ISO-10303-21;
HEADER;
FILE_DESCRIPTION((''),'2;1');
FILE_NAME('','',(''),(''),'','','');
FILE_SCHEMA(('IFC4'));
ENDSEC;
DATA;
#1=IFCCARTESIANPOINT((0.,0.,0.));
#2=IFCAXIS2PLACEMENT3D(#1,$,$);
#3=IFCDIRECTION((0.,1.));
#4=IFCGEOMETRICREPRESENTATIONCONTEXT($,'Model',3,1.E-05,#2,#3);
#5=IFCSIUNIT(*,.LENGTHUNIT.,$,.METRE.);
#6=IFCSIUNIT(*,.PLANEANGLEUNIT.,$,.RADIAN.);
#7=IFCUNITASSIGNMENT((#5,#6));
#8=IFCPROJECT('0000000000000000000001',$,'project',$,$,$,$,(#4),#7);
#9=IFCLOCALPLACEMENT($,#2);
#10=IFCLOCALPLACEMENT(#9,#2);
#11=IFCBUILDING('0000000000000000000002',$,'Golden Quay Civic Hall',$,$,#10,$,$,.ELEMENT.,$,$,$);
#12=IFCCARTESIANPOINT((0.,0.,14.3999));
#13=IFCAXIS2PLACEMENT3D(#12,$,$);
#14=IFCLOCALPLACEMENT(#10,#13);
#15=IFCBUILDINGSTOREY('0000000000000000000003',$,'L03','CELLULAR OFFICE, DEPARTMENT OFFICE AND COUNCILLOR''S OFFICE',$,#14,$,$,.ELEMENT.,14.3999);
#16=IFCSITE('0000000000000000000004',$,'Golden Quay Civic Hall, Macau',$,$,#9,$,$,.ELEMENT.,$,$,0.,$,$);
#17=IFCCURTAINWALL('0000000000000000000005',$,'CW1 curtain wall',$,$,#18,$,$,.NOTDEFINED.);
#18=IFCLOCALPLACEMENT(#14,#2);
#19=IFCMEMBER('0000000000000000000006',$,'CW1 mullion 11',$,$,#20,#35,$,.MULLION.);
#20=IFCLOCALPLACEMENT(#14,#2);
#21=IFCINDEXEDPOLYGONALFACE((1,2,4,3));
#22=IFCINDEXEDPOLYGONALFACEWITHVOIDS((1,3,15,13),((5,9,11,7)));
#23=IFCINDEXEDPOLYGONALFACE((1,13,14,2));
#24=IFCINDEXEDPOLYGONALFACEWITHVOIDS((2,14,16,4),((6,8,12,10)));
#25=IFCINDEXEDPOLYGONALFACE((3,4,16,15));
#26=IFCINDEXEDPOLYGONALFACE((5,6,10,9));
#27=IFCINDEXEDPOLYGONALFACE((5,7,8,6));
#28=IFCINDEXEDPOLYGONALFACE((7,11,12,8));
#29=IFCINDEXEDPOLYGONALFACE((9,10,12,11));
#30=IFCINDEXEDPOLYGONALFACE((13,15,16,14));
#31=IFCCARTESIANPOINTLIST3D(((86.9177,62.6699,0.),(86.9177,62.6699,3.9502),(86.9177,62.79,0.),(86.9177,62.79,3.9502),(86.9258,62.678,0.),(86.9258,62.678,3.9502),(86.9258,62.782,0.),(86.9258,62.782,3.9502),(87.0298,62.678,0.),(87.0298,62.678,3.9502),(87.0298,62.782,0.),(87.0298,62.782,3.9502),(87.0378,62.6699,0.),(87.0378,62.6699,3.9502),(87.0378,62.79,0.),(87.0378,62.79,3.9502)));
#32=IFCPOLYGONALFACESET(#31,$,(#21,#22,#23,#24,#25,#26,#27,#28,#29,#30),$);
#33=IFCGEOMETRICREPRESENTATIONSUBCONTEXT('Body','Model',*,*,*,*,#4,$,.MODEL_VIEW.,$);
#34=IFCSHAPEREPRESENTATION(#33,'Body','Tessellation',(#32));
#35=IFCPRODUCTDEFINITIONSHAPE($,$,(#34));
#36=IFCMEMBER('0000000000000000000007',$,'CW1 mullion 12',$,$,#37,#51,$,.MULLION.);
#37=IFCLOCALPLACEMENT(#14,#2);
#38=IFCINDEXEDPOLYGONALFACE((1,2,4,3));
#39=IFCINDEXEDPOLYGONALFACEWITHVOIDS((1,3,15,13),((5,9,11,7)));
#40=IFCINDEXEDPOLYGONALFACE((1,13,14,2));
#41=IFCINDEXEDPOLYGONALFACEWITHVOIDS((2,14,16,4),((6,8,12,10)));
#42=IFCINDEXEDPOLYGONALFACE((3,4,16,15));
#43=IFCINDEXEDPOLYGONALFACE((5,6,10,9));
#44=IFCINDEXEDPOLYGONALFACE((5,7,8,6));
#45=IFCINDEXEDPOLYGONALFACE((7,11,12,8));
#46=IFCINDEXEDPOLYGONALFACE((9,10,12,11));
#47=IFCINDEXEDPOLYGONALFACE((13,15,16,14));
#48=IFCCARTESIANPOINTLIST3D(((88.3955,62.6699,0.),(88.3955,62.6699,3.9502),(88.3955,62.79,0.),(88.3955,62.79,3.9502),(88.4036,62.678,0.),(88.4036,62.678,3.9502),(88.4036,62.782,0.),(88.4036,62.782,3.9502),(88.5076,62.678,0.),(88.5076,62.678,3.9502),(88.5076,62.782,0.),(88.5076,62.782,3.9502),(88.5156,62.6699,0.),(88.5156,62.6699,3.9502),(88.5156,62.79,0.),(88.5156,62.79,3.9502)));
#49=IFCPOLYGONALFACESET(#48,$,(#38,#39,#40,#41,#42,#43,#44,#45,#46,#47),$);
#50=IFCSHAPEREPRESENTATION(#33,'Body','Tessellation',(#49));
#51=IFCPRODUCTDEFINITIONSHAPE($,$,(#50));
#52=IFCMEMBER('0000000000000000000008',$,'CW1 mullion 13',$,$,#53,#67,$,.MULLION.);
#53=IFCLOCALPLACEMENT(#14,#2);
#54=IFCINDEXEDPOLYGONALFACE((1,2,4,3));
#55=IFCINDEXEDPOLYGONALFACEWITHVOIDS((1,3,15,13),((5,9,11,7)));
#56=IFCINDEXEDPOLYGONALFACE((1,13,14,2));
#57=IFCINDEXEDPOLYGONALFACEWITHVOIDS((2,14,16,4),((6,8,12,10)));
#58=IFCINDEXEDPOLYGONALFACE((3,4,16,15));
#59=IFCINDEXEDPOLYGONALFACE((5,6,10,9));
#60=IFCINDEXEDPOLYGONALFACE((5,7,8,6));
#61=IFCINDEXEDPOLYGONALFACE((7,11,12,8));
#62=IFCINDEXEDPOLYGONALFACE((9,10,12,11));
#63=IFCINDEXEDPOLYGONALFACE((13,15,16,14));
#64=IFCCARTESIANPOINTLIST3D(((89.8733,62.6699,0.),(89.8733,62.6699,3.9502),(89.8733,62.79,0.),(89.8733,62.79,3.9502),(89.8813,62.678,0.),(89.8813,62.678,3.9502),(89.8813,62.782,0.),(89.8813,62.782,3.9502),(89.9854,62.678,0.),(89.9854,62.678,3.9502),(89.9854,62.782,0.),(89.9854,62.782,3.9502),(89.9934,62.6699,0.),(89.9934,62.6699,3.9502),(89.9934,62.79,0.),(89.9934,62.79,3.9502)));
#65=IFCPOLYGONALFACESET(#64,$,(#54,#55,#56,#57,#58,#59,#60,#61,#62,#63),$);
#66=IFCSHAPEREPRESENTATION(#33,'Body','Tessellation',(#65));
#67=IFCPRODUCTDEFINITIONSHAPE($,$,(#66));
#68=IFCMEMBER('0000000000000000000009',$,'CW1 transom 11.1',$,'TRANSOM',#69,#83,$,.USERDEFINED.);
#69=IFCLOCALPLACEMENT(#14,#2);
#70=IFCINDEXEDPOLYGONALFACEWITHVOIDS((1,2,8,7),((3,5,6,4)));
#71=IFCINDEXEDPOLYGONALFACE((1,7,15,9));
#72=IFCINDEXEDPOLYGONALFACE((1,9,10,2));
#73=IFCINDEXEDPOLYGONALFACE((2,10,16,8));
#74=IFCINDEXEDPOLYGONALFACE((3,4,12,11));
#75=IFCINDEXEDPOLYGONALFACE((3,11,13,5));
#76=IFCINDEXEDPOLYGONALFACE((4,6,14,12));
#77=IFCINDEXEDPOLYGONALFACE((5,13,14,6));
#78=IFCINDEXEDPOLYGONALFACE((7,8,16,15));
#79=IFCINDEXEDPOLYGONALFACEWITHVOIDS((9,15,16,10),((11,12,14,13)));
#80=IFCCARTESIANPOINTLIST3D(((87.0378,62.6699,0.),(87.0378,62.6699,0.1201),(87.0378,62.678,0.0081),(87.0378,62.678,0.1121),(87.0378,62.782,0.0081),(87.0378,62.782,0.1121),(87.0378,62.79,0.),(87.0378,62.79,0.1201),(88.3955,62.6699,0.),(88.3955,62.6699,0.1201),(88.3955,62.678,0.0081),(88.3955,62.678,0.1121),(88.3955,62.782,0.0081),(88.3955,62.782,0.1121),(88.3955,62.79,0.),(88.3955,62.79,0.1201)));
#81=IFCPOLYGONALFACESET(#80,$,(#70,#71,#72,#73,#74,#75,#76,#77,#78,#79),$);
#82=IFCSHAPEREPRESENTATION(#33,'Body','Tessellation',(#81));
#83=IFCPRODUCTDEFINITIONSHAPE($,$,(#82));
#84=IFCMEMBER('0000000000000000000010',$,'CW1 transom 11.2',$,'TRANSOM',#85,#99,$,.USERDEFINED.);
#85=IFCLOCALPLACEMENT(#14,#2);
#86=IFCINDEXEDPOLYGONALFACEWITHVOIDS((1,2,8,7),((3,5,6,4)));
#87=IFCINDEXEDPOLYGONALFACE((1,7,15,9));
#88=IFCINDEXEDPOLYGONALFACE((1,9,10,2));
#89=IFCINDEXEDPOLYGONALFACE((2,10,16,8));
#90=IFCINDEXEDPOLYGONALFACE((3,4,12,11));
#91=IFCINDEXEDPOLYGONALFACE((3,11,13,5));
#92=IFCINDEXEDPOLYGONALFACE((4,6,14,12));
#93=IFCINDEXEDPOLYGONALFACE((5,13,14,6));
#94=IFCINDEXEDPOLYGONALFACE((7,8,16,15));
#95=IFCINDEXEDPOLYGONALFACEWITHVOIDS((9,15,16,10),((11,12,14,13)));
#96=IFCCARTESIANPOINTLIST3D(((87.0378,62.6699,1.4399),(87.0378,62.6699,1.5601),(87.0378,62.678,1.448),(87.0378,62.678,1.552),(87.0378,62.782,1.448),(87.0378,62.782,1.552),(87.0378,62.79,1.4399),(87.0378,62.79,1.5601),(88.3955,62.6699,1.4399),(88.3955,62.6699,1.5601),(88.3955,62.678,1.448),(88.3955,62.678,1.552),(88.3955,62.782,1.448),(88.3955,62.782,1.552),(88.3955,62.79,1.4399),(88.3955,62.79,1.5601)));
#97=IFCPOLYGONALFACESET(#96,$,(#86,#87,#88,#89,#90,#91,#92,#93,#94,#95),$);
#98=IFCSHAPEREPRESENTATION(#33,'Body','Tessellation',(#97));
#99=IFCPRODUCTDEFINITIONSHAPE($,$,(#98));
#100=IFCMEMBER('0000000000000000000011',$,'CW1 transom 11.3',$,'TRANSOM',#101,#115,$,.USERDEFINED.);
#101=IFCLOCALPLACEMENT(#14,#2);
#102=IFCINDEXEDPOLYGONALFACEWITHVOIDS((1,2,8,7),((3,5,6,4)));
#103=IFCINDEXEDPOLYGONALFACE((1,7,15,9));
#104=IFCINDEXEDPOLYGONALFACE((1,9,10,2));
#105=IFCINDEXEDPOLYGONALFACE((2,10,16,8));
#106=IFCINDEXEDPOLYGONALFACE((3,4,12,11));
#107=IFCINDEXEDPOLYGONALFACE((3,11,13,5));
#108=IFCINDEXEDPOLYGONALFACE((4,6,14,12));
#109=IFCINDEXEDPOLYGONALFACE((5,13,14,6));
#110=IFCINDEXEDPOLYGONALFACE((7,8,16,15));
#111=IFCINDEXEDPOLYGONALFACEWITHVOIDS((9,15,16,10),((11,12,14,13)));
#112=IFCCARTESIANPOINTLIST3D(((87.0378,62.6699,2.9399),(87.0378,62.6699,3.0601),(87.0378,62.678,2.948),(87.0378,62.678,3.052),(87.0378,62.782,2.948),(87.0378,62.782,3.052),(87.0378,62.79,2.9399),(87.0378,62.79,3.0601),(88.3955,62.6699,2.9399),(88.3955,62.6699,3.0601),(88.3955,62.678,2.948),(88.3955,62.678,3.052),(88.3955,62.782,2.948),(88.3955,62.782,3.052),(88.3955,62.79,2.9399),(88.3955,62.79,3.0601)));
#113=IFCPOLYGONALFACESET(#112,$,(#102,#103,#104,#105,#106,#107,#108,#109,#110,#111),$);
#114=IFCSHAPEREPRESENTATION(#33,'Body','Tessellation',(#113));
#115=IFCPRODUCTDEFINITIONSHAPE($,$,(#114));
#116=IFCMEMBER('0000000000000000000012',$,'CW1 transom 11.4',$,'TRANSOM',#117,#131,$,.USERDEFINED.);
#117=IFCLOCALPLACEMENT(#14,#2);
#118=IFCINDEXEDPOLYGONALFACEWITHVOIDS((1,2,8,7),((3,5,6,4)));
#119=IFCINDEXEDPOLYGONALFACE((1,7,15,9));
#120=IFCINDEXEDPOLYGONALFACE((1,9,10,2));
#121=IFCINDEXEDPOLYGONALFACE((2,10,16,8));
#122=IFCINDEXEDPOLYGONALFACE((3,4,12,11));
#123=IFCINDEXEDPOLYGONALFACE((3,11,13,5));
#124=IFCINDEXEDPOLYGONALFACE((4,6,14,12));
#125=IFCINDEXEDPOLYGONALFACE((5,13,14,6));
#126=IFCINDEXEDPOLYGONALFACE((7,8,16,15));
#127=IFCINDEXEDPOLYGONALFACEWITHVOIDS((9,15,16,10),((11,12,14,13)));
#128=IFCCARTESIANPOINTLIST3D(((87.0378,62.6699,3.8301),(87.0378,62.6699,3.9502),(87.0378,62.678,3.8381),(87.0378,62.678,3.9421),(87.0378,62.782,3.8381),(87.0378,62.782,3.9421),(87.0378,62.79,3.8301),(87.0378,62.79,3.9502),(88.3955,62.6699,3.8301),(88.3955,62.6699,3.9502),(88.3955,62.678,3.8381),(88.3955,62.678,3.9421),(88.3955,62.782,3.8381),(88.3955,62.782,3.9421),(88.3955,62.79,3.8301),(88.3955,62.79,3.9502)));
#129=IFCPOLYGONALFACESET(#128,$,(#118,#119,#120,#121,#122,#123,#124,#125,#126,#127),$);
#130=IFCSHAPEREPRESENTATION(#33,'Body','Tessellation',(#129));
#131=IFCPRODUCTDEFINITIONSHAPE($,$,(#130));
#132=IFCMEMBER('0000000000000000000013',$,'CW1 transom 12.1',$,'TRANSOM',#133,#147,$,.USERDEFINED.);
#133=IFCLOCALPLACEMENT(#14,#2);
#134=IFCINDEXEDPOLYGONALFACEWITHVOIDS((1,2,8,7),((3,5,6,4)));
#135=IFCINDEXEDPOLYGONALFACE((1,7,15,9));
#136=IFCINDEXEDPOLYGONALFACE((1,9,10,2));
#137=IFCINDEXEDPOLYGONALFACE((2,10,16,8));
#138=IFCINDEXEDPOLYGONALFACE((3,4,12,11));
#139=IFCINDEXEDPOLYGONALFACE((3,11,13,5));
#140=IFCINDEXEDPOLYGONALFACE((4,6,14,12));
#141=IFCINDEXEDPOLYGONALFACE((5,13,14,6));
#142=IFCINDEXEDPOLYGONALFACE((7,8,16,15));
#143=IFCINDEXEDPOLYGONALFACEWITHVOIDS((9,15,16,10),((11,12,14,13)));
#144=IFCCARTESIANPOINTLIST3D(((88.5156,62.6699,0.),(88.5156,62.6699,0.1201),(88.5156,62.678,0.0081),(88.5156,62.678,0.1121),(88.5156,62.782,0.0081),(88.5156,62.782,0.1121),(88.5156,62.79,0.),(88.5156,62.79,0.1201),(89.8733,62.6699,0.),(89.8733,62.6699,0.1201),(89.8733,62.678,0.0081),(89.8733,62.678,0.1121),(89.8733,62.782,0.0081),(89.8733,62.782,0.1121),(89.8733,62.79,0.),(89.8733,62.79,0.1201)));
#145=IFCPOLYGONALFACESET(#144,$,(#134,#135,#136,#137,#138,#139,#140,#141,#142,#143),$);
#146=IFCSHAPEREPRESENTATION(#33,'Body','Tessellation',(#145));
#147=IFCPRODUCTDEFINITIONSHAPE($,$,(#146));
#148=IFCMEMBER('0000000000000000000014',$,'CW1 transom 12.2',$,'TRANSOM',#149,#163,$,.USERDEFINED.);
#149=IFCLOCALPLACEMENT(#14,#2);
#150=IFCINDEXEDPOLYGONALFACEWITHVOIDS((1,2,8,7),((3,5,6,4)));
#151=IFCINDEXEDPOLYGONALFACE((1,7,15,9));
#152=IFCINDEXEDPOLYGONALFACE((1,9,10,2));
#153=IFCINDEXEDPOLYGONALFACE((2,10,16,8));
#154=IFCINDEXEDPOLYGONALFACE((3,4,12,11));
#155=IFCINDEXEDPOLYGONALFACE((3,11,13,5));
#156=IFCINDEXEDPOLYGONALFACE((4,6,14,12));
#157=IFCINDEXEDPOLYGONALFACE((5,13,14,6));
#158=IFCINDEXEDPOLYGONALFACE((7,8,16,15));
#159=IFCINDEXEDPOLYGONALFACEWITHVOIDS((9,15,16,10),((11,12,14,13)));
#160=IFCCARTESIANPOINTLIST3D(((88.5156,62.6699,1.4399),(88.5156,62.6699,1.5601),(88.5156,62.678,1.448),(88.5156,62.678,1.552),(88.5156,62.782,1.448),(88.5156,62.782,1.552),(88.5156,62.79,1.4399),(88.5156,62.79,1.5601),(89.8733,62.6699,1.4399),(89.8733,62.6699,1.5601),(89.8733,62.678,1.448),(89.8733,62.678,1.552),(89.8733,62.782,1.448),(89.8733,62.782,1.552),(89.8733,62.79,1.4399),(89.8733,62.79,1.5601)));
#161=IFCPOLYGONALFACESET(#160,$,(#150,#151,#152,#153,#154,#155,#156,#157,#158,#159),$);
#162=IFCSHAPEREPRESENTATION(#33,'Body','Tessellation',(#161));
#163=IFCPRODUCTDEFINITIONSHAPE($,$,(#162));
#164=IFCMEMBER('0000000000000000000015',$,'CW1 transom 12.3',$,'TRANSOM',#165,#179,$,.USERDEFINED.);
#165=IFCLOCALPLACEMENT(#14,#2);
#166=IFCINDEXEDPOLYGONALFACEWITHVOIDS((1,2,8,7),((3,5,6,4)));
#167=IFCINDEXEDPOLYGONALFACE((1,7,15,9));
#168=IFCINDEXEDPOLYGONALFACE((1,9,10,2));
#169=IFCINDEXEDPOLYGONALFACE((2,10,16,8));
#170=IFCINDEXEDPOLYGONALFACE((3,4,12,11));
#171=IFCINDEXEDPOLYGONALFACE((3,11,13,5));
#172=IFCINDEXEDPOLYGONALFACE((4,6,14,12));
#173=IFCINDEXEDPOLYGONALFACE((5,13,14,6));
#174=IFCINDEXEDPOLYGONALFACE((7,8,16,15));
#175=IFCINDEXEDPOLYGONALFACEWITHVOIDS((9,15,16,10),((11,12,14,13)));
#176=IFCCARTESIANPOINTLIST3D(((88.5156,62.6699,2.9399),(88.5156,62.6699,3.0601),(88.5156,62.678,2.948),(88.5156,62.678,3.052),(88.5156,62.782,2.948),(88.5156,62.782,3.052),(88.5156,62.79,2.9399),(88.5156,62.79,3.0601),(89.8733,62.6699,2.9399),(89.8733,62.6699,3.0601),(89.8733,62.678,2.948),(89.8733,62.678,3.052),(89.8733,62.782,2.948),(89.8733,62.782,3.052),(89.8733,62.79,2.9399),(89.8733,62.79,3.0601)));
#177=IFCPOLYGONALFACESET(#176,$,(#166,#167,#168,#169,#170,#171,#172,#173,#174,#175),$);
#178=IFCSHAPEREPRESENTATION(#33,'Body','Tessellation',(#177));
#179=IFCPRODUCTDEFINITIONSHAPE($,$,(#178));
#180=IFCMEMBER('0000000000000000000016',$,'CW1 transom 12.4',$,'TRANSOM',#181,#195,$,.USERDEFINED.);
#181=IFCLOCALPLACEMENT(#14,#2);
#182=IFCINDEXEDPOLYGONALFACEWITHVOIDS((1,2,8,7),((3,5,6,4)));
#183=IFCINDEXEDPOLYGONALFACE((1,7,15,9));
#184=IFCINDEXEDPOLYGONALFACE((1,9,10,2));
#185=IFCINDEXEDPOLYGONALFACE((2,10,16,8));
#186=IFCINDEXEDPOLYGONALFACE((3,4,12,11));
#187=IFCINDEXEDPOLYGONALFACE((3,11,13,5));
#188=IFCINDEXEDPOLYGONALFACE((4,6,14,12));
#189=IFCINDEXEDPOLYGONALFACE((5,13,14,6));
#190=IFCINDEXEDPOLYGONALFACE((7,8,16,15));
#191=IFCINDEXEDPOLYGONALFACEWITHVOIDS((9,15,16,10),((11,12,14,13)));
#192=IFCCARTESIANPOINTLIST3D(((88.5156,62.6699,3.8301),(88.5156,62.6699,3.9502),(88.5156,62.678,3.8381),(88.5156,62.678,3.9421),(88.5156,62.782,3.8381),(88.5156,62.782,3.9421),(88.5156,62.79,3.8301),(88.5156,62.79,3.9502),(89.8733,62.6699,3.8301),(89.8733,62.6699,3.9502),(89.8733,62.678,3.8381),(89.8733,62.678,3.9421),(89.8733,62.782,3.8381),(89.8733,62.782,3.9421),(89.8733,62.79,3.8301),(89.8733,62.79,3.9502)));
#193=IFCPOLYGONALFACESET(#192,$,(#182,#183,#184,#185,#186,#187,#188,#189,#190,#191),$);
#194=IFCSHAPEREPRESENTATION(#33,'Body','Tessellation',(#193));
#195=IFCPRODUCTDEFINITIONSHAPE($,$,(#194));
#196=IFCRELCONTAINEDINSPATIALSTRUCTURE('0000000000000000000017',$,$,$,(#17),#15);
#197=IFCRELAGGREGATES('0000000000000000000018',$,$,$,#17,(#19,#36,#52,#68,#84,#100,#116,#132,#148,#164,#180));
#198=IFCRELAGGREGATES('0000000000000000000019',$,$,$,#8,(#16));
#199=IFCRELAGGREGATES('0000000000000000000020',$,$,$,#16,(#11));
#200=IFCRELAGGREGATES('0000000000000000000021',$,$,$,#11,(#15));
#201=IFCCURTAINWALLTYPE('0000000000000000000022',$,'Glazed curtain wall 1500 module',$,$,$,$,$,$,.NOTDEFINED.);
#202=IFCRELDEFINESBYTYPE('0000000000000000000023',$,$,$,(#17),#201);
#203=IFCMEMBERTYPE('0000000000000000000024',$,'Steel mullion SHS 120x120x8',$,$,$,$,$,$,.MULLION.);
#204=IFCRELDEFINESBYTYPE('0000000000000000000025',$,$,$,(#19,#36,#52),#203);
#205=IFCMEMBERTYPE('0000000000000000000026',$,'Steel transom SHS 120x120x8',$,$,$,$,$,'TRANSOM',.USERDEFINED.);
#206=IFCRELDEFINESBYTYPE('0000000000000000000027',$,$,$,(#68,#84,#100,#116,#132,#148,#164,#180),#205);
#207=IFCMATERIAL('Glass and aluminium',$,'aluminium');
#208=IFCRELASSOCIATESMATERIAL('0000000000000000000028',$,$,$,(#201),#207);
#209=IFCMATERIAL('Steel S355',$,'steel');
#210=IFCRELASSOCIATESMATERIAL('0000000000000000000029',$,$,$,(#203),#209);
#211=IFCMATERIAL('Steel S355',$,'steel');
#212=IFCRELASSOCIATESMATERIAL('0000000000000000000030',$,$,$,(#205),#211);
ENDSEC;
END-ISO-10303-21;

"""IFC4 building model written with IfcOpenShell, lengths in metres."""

from ifc_helpers import new_model, si_unit, direction, frame, origin, origin_2d, place, context, subcontext, project, spatial, hollow_rectangle, extrude, material, material_profile, profile_set, type_object, element, aggregate, save


model = new_model("IFC4")

# Units and contexts
model_context = context("Model", 3, precision=1e-05, world=origin(), true_north=direction((0.0, 1.0)))
body_context = subcontext(model_context, "Body", "Model", "MODEL_VIEW")
ifc_project = project(units=[si_unit("LENGTHUNIT", "METRE"), si_unit("PLANEANGLEUNIT", "RADIAN")], contexts=[model_context])

# Site, building, storey
site_placement = place(None, origin())
site = spatial("IfcSite", under=ifc_project, at=site_placement, Name="Golden Quay Civic Hall, Macau", CompositionType="ELEMENT", RefElevation=0.0)
building_placement = place(site_placement, origin())
building = spatial("IfcBuilding", under=site, at=building_placement, Name="Golden Quay Civic Hall", CompositionType="ELEMENT")
storey_placement = place(building_placement, frame((0.0, 0.0, 14.3999)))
storey = spatial("IfcBuildingStorey", under=building, at=storey_placement, Name="L03", Description="CELLULAR OFFICE, DEPARTMENT OFFICE AND COUNCILLOR'S OFFICE", CompositionType="ELEMENT", Elevation=14.3999)

# Curtain wall, members
ifc_material_1 = material(Name="Glass and aluminium", Category="aluminium")
curtain_wall_type = type_object("IfcCurtainWallType", Name="Glazed curtain wall 1500 module", PredefinedType="NOTDEFINED", material=ifc_material_1)
curtain_wall_placement = place(storey_placement, origin())
curtain_wall = element("IfcCurtainWall", 1, at=curtain_wall_placement, inside=storey, type_object=curtain_wall_type, Name="CW1 curtain wall", PredefinedType="NOTDEFINED")
ifc_material_2 = material(Name="Steel S355", Category="steel")
ifc_material_profile_1 = material_profile(ifc_material_2, hollow_rectangle(XDim=0.1201, YDim=0.1201, WallThickness=0.0081, at=origin_2d()), Name="SHS 120x120x8")
ifc_profile_set_1 = profile_set([ifc_material_profile_1], Name="Steel S355")
member_type_1 = type_object("IfcMemberType", Name="Steel mullion SHS 120x120x8", PredefinedType="MULLION", material=ifc_profile_set_1)
member_1_placement = place(storey_placement, frame((86.9778, 62.73, 0.0), z_axis=(0.0, 0.0, 1.0), x_axis=(0.0, 1.0, 0.0)))
member_1 = element("IfcMember", 2, at=member_1_placement, type_object=member_type_1, Name="CW1 mullion 11", PredefinedType="MULLION", context=body_context, shape_type="SweptSolid", body=[
    extrude(hollow_rectangle(XDim=0.1201, YDim=0.1201, WallThickness=0.0081, at=origin_2d()), origin(), (0.0, 0.0, 1.0), 3.9502),
])
member_2_placement = place(storey_placement, frame((88.4556, 62.73, 0.0), z_axis=(0.0, 0.0, 1.0), x_axis=(0.0, 1.0, 0.0)))
member_2 = element("IfcMember", 3, at=member_2_placement, type_object=member_type_1, Name="CW1 mullion 12", PredefinedType="MULLION", context=body_context, shape_type="SweptSolid", body=[
    extrude(hollow_rectangle(XDim=0.1201, YDim=0.1201, WallThickness=0.0081, at=origin_2d()), origin(), (0.0, 0.0, 1.0), 3.9502),
])
member_3_placement = place(storey_placement, frame((89.9333, 62.73, 0.0), z_axis=(0.0, 0.0, 1.0), x_axis=(0.0, 1.0, 0.0)))
member_3 = element("IfcMember", 4, at=member_3_placement, type_object=member_type_1, Name="CW1 mullion 13", PredefinedType="MULLION", context=body_context, shape_type="SweptSolid", body=[
    extrude(hollow_rectangle(XDim=0.1201, YDim=0.1201, WallThickness=0.0081, at=origin_2d()), origin(), (0.0, 0.0, 1.0), 3.9502),
])
ifc_material_3 = material(Name="Steel S355", Category="steel")
ifc_material_profile_2 = material_profile(ifc_material_3, hollow_rectangle(XDim=0.1201, YDim=0.1201, WallThickness=0.0081, at=origin_2d()), Name="SHS 120x120x8")
ifc_profile_set_2 = profile_set([ifc_material_profile_2], Name="Steel S355")
member_type_2 = type_object("IfcMemberType", Name="Steel transom SHS 120x120x8", ElementType="TRANSOM", PredefinedType="USERDEFINED", material=ifc_profile_set_2)
member_4_placement = place(storey_placement, frame((87.0378, 62.73, 0.0601), z_axis=(1.0, 0.0, 0.0), x_axis=(0.0, 1.0, 0.0)))
member_4 = element("IfcMember", 5, at=member_4_placement, type_object=member_type_2, Name="CW1 transom 11.1", ObjectType="TRANSOM", PredefinedType="USERDEFINED", context=body_context, shape_type="SweptSolid", body=[
    extrude(hollow_rectangle(XDim=0.1201, YDim=0.1201, WallThickness=0.0081, at=origin_2d()), origin(), (0.0, 0.0, 1.0), 1.3577),
])
member_5_placement = place(storey_placement, frame((87.0378, 62.73, 1.5), z_axis=(1.0, 0.0, 0.0), x_axis=(0.0, 1.0, 0.0)))
member_5 = element("IfcMember", 6, at=member_5_placement, type_object=member_type_2, Name="CW1 transom 11.2", ObjectType="TRANSOM", PredefinedType="USERDEFINED", context=body_context, shape_type="SweptSolid", body=[
    extrude(hollow_rectangle(XDim=0.1201, YDim=0.1201, WallThickness=0.0081, at=origin_2d()), origin(), (0.0, 0.0, 1.0), 1.3577),
])
member_6_placement = place(storey_placement, frame((87.0378, 62.73, 3.0), z_axis=(1.0, 0.0, 0.0), x_axis=(0.0, 1.0, 0.0)))
member_6 = element("IfcMember", 7, at=member_6_placement, type_object=member_type_2, Name="CW1 transom 11.3", ObjectType="TRANSOM", PredefinedType="USERDEFINED", context=body_context, shape_type="SweptSolid", body=[
    extrude(hollow_rectangle(XDim=0.1201, YDim=0.1201, WallThickness=0.0081, at=origin_2d()), origin(), (0.0, 0.0, 1.0), 1.3577),
])
member_7_placement = place(storey_placement, frame((87.0378, 62.73, 3.8901), z_axis=(1.0, 0.0, 0.0), x_axis=(0.0, 1.0, 0.0)))
member_7 = element("IfcMember", 8, at=member_7_placement, type_object=member_type_2, Name="CW1 transom 11.4", ObjectType="TRANSOM", PredefinedType="USERDEFINED", context=body_context, shape_type="SweptSolid", body=[
    extrude(hollow_rectangle(XDim=0.1201, YDim=0.1201, WallThickness=0.0081, at=origin_2d()), origin(), (0.0, 0.0, 1.0), 1.3577),
])
member_8_placement = place(storey_placement, frame((88.5156, 62.73, 0.0601), z_axis=(1.0, 0.0, 0.0), x_axis=(0.0, 1.0, 0.0)))
member_8 = element("IfcMember", 9, at=member_8_placement, type_object=member_type_2, Name="CW1 transom 12.1", ObjectType="TRANSOM", PredefinedType="USERDEFINED", context=body_context, shape_type="SweptSolid", body=[
    extrude(hollow_rectangle(XDim=0.1201, YDim=0.1201, WallThickness=0.0081, at=origin_2d()), origin(), (0.0, 0.0, 1.0), 1.3577),
])
member_9_placement = place(storey_placement, frame((88.5156, 62.73, 1.5), z_axis=(1.0, 0.0, 0.0), x_axis=(0.0, 1.0, 0.0)))
member_9 = element("IfcMember", 10, at=member_9_placement, type_object=member_type_2, Name="CW1 transom 12.2", ObjectType="TRANSOM", PredefinedType="USERDEFINED", context=body_context, shape_type="SweptSolid", body=[
    extrude(hollow_rectangle(XDim=0.1201, YDim=0.1201, WallThickness=0.0081, at=origin_2d()), origin(), (0.0, 0.0, 1.0), 1.3577),
])
member_10_placement = place(storey_placement, frame((88.5156, 62.73, 3.0), z_axis=(1.0, 0.0, 0.0), x_axis=(0.0, 1.0, 0.0)))
member_10 = element("IfcMember", 11, at=member_10_placement, type_object=member_type_2, Name="CW1 transom 12.3", ObjectType="TRANSOM", PredefinedType="USERDEFINED", context=body_context, shape_type="SweptSolid", body=[
    extrude(hollow_rectangle(XDim=0.1201, YDim=0.1201, WallThickness=0.0081, at=origin_2d()), origin(), (0.0, 0.0, 1.0), 1.3577),
])
member_11_placement = place(storey_placement, frame((88.5156, 62.73, 3.8901), z_axis=(1.0, 0.0, 0.0), x_axis=(0.0, 1.0, 0.0)))
member_11 = element("IfcMember", 12, at=member_11_placement, type_object=member_type_2, Name="CW1 transom 12.4", ObjectType="TRANSOM", PredefinedType="USERDEFINED", context=body_context, shape_type="SweptSolid", body=[
    extrude(hollow_rectangle(XDim=0.1201, YDim=0.1201, WallThickness=0.0081, at=origin_2d()), origin(), (0.0, 0.0, 1.0), 1.3577),
])
aggregate(curtain_wall, [member_1, member_2, member_3, member_4, member_5, member_6, member_7, member_8, member_9, member_10, member_11])

save(model, "model.ifc")
